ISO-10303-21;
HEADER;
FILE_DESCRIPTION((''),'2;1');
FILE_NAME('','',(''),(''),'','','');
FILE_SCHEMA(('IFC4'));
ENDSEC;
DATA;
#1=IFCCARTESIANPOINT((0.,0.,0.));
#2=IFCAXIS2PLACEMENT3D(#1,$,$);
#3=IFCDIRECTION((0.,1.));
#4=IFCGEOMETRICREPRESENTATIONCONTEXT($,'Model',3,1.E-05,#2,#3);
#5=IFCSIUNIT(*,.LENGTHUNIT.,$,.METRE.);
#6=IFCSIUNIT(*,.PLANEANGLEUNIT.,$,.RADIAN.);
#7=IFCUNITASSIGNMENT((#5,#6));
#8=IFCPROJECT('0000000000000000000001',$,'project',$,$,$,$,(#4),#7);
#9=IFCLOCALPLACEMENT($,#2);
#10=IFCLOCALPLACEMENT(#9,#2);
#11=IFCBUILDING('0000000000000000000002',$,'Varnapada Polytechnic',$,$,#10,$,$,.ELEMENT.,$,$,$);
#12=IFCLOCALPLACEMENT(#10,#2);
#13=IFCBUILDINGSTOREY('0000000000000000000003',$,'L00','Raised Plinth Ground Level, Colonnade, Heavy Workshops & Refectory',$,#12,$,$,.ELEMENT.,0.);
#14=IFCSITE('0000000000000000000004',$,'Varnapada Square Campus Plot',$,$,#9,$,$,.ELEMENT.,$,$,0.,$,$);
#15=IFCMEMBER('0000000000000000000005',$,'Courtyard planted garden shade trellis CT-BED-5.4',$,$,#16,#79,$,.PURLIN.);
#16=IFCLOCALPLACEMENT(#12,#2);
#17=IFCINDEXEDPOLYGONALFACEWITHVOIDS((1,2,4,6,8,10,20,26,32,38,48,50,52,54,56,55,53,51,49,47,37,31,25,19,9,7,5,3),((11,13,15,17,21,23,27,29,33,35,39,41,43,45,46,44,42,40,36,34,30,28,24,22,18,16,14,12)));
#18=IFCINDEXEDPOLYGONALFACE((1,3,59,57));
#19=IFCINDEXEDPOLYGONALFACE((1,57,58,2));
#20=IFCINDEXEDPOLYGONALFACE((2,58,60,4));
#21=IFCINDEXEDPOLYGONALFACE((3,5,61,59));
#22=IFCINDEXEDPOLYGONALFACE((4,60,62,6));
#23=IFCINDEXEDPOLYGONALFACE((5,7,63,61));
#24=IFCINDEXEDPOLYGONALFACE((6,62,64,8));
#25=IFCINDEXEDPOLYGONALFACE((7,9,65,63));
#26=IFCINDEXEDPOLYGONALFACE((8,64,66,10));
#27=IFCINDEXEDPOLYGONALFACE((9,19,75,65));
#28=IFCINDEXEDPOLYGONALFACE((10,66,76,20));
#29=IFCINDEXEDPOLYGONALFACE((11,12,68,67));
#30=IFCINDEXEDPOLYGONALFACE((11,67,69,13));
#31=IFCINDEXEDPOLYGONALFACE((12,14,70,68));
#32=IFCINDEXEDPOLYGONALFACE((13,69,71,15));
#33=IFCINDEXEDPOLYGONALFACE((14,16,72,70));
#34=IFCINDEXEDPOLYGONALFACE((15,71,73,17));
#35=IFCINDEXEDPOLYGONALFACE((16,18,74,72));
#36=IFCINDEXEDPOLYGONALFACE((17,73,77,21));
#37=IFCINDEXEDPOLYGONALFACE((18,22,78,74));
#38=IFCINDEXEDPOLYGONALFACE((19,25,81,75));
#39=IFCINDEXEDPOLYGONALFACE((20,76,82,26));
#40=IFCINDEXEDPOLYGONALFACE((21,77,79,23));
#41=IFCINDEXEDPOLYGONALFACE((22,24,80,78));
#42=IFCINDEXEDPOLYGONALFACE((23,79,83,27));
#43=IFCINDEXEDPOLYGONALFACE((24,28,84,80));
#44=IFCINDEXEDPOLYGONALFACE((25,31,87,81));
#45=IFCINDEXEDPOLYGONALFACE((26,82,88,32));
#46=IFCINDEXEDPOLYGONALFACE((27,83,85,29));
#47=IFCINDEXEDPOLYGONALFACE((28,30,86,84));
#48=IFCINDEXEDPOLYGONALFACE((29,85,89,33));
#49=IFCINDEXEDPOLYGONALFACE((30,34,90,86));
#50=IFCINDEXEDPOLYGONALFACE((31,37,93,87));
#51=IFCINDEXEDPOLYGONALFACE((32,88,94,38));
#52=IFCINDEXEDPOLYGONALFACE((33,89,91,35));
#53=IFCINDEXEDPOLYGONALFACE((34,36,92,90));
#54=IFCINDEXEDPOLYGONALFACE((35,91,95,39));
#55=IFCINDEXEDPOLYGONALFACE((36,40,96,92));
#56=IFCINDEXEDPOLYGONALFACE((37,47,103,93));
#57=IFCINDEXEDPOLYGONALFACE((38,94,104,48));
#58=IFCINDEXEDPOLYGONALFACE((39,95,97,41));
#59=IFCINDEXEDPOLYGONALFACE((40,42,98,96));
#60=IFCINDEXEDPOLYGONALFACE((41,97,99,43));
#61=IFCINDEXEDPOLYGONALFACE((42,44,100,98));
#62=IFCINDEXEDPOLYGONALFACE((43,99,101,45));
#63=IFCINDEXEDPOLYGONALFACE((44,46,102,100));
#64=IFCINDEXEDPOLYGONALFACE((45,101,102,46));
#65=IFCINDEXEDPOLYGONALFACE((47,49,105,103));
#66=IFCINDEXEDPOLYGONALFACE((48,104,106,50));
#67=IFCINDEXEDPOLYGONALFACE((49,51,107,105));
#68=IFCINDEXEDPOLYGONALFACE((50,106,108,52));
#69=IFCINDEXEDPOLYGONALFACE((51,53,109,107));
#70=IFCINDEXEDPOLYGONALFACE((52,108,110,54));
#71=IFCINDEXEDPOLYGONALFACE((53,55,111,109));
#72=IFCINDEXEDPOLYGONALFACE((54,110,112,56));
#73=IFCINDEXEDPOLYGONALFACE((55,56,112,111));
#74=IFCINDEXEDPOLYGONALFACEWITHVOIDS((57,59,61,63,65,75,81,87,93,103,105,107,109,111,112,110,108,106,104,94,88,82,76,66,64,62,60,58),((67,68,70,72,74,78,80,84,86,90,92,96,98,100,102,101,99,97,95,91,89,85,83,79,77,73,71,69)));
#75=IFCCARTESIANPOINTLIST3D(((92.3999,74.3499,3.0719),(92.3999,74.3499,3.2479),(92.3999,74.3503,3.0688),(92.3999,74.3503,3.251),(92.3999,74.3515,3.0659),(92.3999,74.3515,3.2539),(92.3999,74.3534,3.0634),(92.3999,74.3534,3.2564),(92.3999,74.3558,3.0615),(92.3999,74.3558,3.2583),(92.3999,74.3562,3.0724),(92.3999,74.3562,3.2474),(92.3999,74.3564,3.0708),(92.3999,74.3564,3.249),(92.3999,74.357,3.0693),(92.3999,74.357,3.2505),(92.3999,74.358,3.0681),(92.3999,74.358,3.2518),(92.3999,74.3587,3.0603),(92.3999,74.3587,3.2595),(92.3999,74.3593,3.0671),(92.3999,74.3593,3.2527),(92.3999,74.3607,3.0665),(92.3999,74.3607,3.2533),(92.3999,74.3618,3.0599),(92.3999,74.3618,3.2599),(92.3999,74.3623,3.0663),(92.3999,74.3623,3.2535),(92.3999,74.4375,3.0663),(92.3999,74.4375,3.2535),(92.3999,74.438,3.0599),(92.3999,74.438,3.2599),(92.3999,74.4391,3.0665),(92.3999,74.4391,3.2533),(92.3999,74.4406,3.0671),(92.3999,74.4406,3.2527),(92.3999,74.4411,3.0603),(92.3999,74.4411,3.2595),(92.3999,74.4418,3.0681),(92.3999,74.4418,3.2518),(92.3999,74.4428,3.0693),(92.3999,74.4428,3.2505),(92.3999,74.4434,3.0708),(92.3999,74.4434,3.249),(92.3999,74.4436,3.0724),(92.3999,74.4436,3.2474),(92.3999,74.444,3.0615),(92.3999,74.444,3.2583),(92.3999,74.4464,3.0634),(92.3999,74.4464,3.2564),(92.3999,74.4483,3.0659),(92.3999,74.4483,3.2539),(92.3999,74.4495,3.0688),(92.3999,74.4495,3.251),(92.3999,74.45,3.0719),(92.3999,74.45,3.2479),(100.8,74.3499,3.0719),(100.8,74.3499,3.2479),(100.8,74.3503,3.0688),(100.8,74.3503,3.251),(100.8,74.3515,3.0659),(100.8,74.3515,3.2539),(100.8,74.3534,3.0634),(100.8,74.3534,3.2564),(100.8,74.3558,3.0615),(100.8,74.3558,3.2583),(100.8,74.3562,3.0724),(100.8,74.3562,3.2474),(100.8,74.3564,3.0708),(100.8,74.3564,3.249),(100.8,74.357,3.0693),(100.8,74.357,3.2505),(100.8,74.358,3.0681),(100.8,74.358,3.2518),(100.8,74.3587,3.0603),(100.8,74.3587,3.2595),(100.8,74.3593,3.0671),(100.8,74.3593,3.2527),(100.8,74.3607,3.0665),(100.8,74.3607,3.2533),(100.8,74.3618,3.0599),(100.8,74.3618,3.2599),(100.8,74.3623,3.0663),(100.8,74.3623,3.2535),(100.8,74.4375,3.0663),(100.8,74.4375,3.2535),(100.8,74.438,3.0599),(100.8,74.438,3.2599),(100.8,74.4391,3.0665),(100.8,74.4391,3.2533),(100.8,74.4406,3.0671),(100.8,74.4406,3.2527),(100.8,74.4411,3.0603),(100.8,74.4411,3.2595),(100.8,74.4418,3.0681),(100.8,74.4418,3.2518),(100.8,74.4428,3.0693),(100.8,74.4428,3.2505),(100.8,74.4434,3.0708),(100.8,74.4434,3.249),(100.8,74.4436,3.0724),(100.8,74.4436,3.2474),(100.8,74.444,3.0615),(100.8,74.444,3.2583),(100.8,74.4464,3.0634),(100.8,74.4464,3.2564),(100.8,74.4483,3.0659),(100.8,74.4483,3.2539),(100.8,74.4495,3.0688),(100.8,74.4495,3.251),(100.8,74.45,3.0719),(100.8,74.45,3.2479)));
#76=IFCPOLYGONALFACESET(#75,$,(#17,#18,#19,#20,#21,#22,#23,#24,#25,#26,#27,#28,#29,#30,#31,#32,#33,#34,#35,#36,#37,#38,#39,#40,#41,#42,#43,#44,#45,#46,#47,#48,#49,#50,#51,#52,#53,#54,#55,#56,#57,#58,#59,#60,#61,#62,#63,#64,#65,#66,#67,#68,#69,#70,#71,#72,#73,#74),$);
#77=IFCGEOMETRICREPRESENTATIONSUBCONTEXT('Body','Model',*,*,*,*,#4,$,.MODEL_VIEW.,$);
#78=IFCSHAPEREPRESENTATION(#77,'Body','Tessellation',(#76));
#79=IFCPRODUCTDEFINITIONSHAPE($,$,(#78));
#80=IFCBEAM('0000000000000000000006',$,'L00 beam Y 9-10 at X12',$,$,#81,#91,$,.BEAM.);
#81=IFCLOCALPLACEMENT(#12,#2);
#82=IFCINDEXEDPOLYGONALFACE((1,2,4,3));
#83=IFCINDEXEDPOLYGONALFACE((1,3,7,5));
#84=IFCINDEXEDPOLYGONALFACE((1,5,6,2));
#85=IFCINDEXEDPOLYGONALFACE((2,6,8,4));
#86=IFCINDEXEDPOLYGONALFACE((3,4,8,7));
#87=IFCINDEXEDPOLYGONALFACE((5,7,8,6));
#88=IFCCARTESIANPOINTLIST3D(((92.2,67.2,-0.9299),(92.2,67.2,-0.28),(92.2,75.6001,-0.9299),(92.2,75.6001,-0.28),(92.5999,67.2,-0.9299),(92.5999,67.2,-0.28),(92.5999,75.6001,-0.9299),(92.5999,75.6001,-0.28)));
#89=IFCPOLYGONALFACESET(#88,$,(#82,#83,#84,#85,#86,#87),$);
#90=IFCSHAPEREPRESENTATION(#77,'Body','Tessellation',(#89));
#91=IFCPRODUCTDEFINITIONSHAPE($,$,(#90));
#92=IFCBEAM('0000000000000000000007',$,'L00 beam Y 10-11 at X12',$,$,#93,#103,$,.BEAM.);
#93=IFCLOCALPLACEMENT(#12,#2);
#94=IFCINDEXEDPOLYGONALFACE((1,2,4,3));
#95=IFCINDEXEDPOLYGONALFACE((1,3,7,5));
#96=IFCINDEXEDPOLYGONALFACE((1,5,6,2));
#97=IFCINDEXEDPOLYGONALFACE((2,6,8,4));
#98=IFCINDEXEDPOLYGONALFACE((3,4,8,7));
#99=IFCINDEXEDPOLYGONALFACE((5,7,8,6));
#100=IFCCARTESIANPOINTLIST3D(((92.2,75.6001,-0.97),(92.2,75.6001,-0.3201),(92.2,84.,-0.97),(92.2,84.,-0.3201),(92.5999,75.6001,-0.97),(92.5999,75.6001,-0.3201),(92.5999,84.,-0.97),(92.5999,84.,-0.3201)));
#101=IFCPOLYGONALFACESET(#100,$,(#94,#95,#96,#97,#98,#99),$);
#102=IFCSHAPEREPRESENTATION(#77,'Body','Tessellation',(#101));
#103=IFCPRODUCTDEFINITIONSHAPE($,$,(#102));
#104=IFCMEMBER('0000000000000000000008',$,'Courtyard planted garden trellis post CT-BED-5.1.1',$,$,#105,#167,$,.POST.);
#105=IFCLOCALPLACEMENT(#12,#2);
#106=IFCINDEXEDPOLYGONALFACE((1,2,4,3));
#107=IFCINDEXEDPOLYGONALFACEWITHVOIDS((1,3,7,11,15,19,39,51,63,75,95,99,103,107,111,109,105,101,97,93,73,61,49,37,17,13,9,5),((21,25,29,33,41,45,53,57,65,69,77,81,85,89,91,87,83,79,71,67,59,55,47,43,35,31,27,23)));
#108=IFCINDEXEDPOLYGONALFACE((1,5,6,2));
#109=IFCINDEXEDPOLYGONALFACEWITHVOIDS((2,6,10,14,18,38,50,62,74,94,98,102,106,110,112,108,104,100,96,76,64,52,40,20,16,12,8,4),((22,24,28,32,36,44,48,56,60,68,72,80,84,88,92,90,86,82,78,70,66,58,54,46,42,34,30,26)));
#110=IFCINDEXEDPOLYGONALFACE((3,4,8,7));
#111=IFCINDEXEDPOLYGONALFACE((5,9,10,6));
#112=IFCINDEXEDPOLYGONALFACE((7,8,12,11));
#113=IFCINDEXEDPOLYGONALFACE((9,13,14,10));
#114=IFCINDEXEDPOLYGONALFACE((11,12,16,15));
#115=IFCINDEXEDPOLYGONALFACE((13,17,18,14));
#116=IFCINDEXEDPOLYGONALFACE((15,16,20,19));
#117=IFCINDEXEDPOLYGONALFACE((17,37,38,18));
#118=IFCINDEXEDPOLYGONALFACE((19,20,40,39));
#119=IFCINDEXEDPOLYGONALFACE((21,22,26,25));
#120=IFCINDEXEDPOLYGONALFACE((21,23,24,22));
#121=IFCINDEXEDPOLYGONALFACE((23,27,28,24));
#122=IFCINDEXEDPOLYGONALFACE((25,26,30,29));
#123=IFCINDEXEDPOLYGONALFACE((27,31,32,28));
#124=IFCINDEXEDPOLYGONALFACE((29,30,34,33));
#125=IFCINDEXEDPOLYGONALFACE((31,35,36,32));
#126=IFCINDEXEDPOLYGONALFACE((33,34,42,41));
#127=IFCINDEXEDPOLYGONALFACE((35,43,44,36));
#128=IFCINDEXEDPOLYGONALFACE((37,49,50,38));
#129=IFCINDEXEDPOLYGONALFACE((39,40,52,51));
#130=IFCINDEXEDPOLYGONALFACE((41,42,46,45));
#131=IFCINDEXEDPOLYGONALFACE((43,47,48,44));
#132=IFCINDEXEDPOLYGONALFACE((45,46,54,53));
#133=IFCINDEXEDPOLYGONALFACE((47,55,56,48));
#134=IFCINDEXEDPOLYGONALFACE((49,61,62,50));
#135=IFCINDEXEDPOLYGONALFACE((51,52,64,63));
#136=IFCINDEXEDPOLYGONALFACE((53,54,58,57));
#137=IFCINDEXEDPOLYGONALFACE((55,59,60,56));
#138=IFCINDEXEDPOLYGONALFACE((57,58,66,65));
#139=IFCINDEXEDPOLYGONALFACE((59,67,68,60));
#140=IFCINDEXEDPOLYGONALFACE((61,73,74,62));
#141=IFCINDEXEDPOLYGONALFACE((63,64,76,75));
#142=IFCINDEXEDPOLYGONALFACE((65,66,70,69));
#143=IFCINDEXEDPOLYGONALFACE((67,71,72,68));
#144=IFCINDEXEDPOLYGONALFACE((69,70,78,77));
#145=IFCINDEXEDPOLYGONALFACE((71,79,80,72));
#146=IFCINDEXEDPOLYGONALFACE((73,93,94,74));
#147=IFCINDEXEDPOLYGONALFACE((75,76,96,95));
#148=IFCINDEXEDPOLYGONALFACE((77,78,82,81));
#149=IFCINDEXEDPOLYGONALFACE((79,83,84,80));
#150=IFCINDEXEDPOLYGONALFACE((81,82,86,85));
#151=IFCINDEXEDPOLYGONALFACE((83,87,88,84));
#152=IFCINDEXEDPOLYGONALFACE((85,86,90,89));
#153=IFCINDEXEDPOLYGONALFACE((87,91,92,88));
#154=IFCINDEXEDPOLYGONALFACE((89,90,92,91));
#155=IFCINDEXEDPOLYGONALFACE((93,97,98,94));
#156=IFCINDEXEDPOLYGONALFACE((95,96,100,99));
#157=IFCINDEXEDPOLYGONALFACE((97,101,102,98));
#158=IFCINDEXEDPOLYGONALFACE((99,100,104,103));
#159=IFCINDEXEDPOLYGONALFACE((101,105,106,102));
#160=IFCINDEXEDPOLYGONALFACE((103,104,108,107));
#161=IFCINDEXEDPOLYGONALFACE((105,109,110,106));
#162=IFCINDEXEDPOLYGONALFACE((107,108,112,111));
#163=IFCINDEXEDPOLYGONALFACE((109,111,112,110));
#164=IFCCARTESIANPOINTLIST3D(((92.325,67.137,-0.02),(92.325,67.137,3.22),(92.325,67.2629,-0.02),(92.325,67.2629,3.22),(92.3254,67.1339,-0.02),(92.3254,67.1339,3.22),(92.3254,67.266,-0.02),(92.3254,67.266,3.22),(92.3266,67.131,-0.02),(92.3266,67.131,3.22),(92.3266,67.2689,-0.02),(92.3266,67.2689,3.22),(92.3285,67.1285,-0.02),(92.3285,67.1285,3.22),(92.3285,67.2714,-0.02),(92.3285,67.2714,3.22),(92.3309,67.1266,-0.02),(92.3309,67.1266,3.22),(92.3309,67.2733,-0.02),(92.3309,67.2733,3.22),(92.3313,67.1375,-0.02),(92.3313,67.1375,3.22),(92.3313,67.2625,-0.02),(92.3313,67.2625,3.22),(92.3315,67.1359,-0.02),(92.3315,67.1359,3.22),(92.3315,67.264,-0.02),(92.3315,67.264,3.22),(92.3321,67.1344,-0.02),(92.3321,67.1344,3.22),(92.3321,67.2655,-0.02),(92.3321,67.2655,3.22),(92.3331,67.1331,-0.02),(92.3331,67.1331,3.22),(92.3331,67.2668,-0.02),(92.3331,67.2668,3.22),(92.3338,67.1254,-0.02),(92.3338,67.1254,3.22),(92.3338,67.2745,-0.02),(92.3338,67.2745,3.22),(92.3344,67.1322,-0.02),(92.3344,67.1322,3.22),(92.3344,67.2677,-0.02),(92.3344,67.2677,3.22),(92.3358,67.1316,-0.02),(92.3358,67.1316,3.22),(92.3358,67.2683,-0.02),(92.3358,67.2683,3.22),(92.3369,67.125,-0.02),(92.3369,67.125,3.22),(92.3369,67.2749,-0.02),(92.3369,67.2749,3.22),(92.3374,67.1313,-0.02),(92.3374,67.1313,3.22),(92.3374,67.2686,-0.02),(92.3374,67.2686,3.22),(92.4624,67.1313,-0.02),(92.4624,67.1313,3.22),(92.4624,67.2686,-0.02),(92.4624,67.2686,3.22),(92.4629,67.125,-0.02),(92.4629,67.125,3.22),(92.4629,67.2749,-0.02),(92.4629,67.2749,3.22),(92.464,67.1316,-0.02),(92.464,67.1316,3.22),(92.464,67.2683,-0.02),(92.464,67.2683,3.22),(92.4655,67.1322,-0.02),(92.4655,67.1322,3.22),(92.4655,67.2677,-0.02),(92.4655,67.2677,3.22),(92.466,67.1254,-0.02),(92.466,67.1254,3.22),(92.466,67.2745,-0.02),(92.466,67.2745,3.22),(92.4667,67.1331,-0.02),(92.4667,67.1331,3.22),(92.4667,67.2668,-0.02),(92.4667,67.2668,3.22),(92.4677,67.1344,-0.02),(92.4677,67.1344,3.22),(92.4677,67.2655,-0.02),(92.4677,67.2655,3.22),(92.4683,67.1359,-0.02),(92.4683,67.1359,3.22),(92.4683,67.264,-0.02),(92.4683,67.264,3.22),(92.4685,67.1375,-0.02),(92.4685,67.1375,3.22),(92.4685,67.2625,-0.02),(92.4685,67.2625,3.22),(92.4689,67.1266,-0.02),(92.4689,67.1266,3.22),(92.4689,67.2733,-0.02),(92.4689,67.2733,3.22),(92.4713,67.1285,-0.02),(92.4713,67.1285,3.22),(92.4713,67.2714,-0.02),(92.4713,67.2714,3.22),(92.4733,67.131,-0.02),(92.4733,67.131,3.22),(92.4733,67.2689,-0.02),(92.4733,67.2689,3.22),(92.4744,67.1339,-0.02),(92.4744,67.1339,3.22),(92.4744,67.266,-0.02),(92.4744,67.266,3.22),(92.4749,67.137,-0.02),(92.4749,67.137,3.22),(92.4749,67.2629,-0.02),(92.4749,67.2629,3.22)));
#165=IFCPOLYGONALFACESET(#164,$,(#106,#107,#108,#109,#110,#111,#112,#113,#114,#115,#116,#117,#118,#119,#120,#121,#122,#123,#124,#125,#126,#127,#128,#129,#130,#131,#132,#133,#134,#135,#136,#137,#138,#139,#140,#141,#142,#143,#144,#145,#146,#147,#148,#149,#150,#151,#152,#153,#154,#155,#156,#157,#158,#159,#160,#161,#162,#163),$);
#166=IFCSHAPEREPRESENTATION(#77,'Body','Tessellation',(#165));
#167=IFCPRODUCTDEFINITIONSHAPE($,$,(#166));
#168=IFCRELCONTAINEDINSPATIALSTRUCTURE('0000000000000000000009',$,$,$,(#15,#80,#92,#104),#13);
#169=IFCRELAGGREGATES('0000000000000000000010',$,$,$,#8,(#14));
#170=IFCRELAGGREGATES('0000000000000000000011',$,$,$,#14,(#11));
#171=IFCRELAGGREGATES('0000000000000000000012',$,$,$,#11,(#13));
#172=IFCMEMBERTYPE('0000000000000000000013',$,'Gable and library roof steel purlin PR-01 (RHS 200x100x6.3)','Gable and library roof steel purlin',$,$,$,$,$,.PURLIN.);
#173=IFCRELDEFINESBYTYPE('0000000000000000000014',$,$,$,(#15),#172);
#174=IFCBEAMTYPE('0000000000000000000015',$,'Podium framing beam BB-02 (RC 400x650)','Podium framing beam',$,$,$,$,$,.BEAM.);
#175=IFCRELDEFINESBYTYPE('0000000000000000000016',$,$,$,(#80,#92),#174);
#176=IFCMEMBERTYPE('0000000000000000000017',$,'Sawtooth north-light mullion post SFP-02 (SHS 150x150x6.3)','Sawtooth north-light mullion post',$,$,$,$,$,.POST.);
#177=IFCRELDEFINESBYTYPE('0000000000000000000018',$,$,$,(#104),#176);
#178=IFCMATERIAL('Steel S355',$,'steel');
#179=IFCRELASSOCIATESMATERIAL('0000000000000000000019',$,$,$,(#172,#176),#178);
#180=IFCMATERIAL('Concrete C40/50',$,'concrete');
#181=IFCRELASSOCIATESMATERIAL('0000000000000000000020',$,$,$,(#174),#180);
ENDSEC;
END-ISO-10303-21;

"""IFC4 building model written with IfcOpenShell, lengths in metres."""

from ifc_helpers import new_model, si_unit, direction, frame, origin, origin_2d, place, context, subcontext, project, spatial, rectangle, hollow_rectangle, extrude, material, material_profile, profile_set, type_object, element, save


model = new_model("IFC4")

# Units and contexts
model_context = context("Model", 3, precision=1e-05, world=origin(), true_north=direction((0.0, 1.0)))
body_context = subcontext(model_context, "Body", "Model", "MODEL_VIEW")
ifc_project = project(units=[si_unit("LENGTHUNIT", "METRE"), si_unit("PLANEANGLEUNIT", "RADIAN")], contexts=[model_context])

# Site, building, storey
site_placement = place(None, origin())
site = spatial("IfcSite", under=ifc_project, at=site_placement, Name="Varnapada Square Campus Plot", CompositionType="ELEMENT", RefElevation=0.0)
building_placement = place(site_placement, origin())
building = spatial("IfcBuilding", under=site, at=building_placement, Name="Varnapada Polytechnic", CompositionType="ELEMENT")
storey_placement = place(building_placement, origin())
storey = spatial("IfcBuildingStorey", under=building, at=storey_placement, Name="L00", Description="Raised Plinth Ground Level, Colonnade, Heavy Workshops & Refectory", CompositionType="ELEMENT", Elevation=0.0)

# Shared definitions
ifc_material_1 = material(Name="Concrete C40/50", Category="concrete")

# Member
ifc_material_2 = material(Name="Steel S355", Category="steel")
ifc_material_profile_1 = material_profile(ifc_material_2, hollow_rectangle(XDim=0.1001, YDim=0.2, WallThickness=0.0063, InnerFilletRadius=0.0061, OuterFilletRadius=0.012, at=origin_2d()), Name="RHS 200x100x6.3")
ifc_profile_set_1 = profile_set([ifc_material_profile_1], Name="Steel S355")
member_type_1 = type_object("IfcMemberType", Name="Gable and library roof steel purlin PR-01 (RHS 200x100x6.3)", Description="Gable and library roof steel purlin", PredefinedType="PURLIN", material=ifc_profile_set_1)
for number, where, z_axis, x_axis, name in (
    (1, (92.3999, 74.3999, 3.1599), (1.0, 0.0, 0.0), (0.0, 1.0, 0.0), "Courtyard planted garden shade trellis CT-BED-5.4"),
):
    element("IfcMember", number, at=place(storey_placement, frame(where, z_axis=z_axis, x_axis=x_axis)), inside=storey, type_object=member_type_1, Name=name, PredefinedType="PURLIN", context=body_context, shape_type="SweptSolid", body=[
        extrude(hollow_rectangle(XDim=0.1001, YDim=0.2, WallThickness=0.0063, InnerFilletRadius=0.0061, OuterFilletRadius=0.012, at=origin_2d()), origin(), (0.0, 0.0, 1.0), 8.4001),
    ])

# Beams
ifc_material_profile_2 = material_profile(ifc_material_1, rectangle(XDim=0.3999, YDim=0.6499, at=origin_2d()), Name="RC 400x650")
ifc_profile_set_2 = profile_set([ifc_material_profile_2], Name="Concrete C40/50")
beam_type_1 = type_object("IfcBeamType", Name="Podium framing beam BB-02 (RC 400x650)", Description="Podium framing beam", PredefinedType="BEAM", material=ifc_profile_set_2)
beam_1_placement = place(storey_placement, frame((92.3999, 67.2, -0.605), z_axis=(0.0, 1.0, 0.0), x_axis=(-1.0, 0.0, 0.0)))
element("IfcBeam", 2, at=beam_1_placement, inside=storey, type_object=beam_type_1, Name="L00 beam Y 9-10 at X12", PredefinedType="BEAM", context=body_context, shape_type="SweptSolid", body=[
    extrude(rectangle(XDim=0.3999, YDim=0.6499, at=origin_2d()), origin(), (0.0, 0.0, 1.0), 8.4001),
])
beam_2_placement = place(storey_placement, frame((92.3999, 75.6001, -0.645), z_axis=(0.0, 1.0, 0.0), x_axis=(-1.0, 0.0, 0.0)))
element("IfcBeam", 3, at=beam_2_placement, inside=storey, type_object=beam_type_1, Name="L00 beam Y 10-11 at X12", PredefinedType="BEAM", context=body_context, shape_type="SweptSolid", body=[
    extrude(rectangle(XDim=0.3999, YDim=0.6499, at=origin_2d()), origin(), (0.0, 0.0, 1.0), 8.3999),
])

# Member
ifc_material_profile_3 = material_profile(ifc_material_2, hollow_rectangle(XDim=0.1499, YDim=0.1499, WallThickness=0.0063, InnerFilletRadius=0.0061, OuterFilletRadius=0.012, at=origin_2d()), Name="SHS 150x150x6.3")
ifc_profile_set_3 = profile_set([ifc_material_profile_3], Name="Steel S355")
member_type_2 = type_object("IfcMemberType", Name="Sawtooth north-light mullion post SFP-02 (SHS 150x150x6.3)", Description="Sawtooth north-light mullion post", PredefinedType="POST", material=ifc_profile_set_3)
for number, where, z_axis, x_axis, name in (
    (4, (92.3999, 67.2, -0.02), (0.0, 0.0, 1.0), (1.0, 0.0, 0.0), "Courtyard planted garden trellis post CT-BED-5.1.1"),
):
    element("IfcMember", number, at=place(storey_placement, frame(where, z_axis=z_axis, x_axis=x_axis)), inside=storey, type_object=member_type_2, Name=name, PredefinedType="POST", context=body_context, shape_type="SweptSolid", body=[
        extrude(hollow_rectangle(XDim=0.1499, YDim=0.1499, WallThickness=0.0063, InnerFilletRadius=0.0061, OuterFilletRadius=0.012, at=origin_2d()), origin(), (0.0, 0.0, 1.0), 3.24),
    ])

save(model, "model.ifc")
